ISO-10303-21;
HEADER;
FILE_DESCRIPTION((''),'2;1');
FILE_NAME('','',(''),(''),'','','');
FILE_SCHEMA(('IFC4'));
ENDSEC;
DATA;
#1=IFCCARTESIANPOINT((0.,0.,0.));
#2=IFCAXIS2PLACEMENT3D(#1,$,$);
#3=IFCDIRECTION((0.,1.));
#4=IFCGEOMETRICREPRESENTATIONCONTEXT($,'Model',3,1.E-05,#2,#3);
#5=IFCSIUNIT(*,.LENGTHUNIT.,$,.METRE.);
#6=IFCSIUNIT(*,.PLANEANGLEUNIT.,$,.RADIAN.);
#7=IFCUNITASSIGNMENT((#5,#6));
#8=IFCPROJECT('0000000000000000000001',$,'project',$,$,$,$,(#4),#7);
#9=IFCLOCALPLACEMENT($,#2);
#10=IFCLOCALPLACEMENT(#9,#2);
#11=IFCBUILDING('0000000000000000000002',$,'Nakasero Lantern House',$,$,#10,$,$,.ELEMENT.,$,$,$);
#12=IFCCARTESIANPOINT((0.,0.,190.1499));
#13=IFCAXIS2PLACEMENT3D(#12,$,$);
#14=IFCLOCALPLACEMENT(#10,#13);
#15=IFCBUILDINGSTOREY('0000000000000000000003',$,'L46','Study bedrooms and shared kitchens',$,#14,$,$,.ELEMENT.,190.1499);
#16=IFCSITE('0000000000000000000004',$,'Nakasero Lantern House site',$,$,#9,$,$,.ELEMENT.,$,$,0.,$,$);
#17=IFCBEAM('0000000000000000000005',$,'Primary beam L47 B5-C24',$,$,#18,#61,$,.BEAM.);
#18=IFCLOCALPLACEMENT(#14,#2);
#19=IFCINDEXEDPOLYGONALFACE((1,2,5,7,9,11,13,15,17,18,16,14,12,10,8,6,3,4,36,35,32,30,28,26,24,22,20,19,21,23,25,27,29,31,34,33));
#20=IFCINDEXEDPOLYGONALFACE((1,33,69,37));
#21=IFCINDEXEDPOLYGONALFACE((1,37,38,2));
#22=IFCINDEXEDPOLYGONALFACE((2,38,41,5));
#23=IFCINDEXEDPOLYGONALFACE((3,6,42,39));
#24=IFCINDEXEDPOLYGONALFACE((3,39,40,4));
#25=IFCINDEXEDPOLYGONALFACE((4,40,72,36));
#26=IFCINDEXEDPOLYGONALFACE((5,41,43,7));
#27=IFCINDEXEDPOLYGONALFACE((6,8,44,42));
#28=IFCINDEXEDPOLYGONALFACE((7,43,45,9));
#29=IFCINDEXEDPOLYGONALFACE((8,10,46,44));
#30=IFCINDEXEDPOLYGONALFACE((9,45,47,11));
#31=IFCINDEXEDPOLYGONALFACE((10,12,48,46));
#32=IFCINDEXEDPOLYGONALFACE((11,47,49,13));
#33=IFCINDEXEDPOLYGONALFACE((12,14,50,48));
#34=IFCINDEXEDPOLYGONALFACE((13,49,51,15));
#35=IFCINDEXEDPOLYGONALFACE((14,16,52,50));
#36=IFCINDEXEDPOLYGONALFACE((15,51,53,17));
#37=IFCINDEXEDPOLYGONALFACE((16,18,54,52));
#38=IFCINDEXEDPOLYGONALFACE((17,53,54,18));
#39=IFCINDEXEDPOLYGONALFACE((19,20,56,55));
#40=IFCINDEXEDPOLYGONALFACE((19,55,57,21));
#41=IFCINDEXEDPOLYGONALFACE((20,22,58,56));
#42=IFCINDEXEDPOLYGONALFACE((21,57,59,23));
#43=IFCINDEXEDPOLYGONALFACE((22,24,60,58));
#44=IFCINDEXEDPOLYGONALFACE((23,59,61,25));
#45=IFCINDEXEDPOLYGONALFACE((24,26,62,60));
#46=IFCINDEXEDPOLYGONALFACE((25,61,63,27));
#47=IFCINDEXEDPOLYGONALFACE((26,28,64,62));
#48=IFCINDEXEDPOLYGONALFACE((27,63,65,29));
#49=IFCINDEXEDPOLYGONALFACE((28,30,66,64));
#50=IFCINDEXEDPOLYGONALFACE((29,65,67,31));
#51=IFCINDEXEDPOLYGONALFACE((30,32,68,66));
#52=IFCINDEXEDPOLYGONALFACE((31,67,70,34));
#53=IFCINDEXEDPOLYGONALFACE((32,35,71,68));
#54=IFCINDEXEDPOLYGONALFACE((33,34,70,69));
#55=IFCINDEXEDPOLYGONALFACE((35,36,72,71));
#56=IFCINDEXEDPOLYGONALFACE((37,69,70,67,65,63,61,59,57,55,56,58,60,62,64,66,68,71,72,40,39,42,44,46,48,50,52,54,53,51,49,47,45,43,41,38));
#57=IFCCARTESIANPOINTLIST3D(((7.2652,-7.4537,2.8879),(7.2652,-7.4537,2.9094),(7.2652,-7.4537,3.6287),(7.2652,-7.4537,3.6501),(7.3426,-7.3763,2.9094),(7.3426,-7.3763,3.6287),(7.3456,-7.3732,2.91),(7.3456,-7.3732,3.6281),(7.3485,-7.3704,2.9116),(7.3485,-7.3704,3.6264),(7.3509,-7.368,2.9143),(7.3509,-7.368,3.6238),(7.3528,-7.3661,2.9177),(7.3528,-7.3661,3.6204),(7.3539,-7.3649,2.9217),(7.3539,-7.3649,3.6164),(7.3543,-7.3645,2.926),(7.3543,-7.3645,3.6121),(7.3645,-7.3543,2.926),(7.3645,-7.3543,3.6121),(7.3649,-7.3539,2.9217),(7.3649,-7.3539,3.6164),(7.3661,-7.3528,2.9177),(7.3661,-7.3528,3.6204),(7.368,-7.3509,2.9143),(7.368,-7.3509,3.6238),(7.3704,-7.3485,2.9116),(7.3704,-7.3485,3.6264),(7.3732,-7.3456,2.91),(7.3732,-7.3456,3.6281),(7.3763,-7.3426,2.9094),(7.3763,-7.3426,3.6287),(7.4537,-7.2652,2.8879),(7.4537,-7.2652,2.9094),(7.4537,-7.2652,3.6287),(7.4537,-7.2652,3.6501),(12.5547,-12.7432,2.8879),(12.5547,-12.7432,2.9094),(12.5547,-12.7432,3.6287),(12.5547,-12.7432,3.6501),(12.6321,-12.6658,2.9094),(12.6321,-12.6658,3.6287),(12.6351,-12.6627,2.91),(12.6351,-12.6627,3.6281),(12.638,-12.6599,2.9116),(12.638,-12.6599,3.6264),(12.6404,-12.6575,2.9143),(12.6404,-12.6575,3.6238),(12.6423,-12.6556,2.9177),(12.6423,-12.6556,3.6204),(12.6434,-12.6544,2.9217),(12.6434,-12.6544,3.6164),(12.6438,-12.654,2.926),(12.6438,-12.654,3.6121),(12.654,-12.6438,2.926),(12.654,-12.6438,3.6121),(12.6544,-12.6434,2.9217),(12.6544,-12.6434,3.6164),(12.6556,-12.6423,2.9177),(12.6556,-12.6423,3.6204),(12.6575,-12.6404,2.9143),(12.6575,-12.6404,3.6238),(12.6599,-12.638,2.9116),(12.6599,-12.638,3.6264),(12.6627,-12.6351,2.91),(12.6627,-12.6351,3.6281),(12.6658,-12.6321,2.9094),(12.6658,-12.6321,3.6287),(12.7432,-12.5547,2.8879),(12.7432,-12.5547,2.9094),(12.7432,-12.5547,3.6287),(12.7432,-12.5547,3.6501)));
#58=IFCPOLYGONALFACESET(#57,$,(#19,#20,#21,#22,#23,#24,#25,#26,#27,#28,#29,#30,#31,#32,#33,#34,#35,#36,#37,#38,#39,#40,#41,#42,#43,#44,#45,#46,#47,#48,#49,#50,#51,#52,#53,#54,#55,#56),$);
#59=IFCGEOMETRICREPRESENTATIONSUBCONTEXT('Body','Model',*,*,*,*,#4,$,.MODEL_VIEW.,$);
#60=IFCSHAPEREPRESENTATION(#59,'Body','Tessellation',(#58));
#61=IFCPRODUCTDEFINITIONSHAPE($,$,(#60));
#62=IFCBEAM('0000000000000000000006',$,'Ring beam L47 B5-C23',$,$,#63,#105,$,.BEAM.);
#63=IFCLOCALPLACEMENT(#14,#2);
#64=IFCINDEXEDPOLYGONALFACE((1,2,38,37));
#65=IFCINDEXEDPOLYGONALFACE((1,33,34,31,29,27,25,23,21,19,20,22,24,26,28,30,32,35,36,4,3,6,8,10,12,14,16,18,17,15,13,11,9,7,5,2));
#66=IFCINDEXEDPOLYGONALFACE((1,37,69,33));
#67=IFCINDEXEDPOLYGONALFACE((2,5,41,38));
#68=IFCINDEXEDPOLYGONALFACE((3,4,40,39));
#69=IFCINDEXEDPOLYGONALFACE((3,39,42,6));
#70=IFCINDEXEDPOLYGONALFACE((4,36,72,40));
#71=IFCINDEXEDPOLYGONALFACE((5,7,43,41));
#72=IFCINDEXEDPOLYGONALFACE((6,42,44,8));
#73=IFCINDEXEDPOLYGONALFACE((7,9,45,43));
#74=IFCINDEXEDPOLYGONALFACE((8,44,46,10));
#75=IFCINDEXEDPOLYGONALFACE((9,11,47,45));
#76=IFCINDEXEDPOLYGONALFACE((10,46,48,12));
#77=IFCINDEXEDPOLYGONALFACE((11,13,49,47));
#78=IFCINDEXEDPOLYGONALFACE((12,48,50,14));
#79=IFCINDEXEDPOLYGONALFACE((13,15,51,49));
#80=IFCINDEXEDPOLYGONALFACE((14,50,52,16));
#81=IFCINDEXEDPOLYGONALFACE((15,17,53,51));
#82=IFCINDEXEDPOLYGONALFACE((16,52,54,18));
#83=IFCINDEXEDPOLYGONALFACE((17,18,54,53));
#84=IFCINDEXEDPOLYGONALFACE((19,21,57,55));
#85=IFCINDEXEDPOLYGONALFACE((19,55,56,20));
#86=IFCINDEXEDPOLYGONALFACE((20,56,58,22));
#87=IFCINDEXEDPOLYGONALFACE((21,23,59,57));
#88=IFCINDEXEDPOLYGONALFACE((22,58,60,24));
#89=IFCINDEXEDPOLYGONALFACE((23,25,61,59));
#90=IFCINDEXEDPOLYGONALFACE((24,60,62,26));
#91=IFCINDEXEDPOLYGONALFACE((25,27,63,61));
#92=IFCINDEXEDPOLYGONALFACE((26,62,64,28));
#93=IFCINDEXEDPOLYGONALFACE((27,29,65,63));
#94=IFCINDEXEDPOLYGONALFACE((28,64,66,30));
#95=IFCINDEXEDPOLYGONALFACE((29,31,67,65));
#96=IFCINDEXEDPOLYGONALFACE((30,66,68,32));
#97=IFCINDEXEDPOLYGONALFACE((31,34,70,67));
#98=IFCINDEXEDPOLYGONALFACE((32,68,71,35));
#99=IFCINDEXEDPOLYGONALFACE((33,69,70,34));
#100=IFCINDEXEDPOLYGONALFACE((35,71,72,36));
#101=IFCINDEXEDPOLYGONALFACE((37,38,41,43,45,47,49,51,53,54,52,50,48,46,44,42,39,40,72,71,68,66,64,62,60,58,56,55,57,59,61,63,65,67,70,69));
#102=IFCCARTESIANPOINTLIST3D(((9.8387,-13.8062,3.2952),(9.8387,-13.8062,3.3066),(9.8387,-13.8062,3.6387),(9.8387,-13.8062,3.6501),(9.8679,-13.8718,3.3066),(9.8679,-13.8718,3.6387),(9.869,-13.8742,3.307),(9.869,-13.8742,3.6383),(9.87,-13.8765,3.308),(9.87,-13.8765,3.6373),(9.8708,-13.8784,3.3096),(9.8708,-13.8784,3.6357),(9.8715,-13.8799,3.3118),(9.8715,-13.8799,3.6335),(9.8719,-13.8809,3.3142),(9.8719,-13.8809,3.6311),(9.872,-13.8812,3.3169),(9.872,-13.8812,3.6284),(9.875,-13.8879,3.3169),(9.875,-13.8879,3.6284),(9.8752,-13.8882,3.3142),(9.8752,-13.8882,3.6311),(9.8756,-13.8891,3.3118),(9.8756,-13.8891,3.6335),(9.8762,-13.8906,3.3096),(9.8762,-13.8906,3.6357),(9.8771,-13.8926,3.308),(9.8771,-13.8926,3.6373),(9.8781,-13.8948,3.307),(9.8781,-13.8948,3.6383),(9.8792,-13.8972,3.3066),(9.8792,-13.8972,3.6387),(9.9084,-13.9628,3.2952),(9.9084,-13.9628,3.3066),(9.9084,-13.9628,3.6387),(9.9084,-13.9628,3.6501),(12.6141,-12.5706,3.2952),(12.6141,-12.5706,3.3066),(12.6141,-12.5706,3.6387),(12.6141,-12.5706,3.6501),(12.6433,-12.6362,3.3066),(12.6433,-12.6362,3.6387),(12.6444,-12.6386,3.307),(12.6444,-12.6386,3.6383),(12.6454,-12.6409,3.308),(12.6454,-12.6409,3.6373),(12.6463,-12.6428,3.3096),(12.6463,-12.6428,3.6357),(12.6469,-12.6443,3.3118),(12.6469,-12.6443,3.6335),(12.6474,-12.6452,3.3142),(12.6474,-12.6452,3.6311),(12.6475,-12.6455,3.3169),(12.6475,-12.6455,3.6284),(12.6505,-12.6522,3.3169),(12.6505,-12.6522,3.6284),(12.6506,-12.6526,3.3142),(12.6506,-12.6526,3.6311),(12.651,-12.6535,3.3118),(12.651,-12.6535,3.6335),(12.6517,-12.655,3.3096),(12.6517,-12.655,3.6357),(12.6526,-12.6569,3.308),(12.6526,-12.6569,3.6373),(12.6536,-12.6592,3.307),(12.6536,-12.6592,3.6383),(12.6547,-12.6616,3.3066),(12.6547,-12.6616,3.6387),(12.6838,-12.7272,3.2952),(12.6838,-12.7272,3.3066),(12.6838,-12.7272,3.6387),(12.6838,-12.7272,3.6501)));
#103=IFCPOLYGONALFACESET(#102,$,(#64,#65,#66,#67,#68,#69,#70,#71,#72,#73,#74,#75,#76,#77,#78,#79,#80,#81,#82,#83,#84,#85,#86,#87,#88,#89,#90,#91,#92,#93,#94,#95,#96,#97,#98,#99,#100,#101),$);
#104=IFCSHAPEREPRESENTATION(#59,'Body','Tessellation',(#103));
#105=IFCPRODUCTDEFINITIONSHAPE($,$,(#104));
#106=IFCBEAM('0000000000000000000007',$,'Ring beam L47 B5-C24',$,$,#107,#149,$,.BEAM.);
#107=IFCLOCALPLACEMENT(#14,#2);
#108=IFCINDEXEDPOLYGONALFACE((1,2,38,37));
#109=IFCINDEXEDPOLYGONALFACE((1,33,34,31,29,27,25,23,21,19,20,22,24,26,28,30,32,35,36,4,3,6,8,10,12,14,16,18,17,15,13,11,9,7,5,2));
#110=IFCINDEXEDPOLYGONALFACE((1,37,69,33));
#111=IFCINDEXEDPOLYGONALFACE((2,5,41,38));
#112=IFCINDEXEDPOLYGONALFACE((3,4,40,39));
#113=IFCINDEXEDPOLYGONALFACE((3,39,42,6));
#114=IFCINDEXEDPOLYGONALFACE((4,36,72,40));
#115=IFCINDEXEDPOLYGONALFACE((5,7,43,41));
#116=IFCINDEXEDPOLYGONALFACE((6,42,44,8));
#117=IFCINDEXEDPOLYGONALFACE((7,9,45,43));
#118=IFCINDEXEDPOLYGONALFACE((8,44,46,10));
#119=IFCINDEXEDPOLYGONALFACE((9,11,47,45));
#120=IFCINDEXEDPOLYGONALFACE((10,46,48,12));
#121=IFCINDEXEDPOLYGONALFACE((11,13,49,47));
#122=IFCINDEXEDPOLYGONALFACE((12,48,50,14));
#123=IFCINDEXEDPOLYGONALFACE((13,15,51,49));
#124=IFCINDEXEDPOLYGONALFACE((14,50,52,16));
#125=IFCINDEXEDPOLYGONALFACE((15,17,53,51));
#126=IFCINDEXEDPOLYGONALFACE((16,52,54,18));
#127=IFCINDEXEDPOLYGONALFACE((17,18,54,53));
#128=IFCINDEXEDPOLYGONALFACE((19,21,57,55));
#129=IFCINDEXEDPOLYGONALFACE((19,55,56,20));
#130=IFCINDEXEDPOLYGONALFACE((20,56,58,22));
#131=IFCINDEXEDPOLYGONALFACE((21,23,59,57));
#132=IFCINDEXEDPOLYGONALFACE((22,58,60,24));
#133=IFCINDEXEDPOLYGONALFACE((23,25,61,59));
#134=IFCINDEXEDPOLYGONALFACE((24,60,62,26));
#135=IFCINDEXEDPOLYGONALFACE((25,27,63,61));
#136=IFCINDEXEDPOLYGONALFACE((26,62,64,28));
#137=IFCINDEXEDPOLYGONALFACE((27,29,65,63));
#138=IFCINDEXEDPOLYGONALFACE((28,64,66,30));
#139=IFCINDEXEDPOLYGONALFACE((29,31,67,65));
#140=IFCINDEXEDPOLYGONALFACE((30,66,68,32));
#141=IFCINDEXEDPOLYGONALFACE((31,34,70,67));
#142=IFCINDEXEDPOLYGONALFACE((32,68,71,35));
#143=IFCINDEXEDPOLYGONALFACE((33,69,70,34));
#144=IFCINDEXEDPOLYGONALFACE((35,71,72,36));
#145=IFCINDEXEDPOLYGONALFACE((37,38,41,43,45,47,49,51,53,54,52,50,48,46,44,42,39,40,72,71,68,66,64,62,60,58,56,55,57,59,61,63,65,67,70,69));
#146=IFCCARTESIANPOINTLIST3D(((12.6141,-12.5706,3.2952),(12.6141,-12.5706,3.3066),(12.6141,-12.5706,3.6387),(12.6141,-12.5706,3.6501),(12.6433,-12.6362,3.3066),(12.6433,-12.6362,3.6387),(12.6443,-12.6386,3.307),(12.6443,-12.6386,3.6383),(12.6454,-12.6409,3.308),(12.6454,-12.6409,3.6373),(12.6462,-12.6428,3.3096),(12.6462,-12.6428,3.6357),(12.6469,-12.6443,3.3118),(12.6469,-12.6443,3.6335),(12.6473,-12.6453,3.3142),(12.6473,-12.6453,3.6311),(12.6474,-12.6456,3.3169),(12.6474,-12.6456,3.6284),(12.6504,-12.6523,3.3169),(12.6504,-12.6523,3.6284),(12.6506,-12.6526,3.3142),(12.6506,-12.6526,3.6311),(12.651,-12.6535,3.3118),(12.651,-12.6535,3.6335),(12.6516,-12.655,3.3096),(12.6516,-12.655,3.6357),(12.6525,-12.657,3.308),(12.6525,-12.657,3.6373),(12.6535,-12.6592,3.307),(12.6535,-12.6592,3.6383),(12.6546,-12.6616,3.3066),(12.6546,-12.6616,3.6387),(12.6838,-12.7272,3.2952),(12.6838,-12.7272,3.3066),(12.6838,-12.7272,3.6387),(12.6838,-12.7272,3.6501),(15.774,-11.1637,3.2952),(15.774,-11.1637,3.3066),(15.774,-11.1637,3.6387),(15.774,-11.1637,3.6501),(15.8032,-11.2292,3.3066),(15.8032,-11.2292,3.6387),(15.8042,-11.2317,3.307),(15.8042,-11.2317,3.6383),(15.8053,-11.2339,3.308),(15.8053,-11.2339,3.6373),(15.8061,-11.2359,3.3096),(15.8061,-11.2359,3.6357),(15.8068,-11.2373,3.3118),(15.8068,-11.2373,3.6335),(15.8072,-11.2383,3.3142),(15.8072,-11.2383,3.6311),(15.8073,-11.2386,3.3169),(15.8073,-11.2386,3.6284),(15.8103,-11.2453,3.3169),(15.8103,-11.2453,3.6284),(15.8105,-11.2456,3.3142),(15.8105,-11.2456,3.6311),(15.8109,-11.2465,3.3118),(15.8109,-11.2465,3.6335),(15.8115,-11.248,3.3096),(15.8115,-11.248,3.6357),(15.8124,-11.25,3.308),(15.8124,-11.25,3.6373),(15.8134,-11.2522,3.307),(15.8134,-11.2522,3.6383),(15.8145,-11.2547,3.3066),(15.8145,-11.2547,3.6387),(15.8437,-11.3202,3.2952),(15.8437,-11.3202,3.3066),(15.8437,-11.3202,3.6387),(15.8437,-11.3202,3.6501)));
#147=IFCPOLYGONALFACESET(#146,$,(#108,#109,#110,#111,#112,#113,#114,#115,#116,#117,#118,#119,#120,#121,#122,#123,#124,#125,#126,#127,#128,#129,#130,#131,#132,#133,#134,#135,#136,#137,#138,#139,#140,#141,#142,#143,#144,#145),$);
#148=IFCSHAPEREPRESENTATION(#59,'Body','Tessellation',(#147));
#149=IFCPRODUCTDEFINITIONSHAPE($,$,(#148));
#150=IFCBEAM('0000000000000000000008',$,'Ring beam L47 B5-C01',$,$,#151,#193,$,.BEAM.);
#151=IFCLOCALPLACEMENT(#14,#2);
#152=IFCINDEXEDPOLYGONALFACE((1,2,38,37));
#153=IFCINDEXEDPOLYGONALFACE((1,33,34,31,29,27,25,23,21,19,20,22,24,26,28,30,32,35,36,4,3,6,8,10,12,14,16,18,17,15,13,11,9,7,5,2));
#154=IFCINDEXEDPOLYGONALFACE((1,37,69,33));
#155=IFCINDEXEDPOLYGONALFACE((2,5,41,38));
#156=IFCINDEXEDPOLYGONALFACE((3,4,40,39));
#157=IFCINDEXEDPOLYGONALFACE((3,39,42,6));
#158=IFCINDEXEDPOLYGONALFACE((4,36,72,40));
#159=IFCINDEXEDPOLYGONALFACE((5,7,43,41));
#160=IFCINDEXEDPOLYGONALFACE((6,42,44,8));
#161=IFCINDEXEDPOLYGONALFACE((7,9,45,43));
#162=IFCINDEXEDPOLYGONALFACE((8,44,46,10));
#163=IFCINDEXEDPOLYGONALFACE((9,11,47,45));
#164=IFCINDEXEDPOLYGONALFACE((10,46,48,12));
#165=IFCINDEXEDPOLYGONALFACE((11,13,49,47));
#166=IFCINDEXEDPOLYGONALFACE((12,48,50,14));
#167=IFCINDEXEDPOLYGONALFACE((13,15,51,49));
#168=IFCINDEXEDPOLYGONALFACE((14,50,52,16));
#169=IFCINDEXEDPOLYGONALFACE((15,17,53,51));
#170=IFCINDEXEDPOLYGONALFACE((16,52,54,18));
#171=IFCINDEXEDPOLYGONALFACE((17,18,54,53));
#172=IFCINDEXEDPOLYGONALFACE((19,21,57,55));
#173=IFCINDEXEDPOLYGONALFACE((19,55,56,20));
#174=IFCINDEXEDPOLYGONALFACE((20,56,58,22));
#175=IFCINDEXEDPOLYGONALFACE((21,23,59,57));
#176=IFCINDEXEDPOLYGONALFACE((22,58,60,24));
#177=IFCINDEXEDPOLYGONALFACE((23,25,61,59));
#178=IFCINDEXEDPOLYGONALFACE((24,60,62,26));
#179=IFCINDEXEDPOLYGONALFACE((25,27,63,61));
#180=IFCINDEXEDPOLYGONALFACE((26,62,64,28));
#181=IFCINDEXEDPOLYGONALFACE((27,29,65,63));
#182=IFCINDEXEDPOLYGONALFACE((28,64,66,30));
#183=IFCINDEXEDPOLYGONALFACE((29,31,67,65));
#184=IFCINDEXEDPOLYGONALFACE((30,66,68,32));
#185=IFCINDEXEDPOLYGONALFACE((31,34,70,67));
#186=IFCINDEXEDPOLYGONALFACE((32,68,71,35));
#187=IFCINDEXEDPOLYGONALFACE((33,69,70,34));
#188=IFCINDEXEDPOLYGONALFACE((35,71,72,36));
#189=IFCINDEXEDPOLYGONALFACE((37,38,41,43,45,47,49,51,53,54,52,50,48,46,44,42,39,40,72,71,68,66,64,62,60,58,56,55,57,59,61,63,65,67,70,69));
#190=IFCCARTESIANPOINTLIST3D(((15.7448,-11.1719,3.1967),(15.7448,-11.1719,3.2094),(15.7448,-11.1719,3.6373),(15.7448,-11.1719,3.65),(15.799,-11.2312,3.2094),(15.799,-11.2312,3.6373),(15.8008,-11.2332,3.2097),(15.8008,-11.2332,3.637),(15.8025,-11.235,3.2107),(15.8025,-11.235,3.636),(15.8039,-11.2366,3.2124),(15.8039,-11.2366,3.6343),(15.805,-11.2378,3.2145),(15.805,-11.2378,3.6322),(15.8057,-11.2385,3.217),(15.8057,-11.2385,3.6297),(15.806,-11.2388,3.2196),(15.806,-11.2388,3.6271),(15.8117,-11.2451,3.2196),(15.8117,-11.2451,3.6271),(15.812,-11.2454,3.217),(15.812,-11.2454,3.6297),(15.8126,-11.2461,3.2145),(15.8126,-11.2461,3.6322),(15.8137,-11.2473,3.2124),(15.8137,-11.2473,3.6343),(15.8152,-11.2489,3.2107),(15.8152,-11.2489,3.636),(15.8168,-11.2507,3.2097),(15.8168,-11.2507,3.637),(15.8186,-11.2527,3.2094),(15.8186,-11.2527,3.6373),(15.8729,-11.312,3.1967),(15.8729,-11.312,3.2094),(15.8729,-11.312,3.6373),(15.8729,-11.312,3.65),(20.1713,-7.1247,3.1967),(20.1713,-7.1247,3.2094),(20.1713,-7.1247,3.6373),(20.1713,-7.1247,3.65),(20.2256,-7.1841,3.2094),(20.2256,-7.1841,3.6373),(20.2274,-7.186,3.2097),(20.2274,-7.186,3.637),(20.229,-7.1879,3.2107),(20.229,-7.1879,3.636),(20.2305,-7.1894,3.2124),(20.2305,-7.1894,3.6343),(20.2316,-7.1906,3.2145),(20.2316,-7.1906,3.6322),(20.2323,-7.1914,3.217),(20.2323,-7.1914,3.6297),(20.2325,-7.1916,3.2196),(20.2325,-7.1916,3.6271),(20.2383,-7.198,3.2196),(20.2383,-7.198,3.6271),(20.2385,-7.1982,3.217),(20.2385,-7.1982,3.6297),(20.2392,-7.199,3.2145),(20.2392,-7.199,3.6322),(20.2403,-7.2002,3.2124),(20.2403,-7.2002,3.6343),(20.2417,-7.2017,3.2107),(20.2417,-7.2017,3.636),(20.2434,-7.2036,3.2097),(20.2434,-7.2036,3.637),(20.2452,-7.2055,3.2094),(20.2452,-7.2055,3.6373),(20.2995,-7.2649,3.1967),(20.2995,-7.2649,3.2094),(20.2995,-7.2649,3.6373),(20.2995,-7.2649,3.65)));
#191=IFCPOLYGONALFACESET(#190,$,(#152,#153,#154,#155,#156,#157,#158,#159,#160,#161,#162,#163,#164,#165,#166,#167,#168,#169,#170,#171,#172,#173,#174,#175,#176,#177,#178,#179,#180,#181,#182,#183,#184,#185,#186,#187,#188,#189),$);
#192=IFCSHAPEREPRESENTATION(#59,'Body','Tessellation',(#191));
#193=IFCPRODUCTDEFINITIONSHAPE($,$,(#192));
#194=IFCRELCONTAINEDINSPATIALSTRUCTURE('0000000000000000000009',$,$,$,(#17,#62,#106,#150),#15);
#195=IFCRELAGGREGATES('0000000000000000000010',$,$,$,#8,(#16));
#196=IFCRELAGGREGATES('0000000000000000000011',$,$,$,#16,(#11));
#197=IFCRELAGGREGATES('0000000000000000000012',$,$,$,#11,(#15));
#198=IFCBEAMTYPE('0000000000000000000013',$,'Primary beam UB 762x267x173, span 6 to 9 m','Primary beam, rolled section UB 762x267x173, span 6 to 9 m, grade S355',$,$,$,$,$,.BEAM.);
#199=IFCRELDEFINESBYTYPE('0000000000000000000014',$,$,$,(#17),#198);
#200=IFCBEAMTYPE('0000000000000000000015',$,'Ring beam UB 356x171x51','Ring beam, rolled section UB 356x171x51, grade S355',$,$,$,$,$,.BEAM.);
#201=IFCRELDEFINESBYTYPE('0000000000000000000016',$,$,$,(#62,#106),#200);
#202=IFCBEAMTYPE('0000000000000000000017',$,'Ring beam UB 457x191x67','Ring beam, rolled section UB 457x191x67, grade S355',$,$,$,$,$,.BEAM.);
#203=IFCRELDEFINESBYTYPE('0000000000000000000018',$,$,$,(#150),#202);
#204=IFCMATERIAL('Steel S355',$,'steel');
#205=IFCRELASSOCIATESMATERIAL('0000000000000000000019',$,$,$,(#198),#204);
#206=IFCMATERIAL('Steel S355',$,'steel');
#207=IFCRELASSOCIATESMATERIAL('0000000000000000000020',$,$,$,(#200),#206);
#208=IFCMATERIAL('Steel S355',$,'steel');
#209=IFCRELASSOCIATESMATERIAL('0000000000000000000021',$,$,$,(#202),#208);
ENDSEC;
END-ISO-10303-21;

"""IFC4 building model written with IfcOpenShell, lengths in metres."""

from ifc_helpers import new_model, si_unit, direction, frame, origin, origin_2d, place, context, subcontext, project, spatial, i_section, extrude, material, material_profile, profile_set, type_object, element, save


model = new_model("IFC4")

# Units and contexts
model_context = context("Model", 3, precision=1e-05, world=origin(), true_north=direction((0.0, 1.0)))
body_context = subcontext(model_context, "Body", "Model", "MODEL_VIEW")
ifc_project = project(units=[si_unit("LENGTHUNIT", "METRE"), si_unit("PLANEANGLEUNIT", "RADIAN")], contexts=[model_context])

# Site, building, storey
site_placement = place(None, origin())
site = spatial("IfcSite", under=ifc_project, at=site_placement, Name="Nakasero Lantern House site", CompositionType="ELEMENT", RefElevation=0.0)
building_placement = place(site_placement, origin())
building = spatial("IfcBuilding", under=site, at=building_placement, Name="Nakasero Lantern House", CompositionType="ELEMENT")
storey_placement = place(building_placement, frame((0.0, 0.0, 190.1499)))
storey = spatial("IfcBuildingStorey", under=building, at=storey_placement, Name="L46", Description="Study bedrooms and shared kitchens", CompositionType="ELEMENT", Elevation=190.1499)

# Beams
ifc_material_1 = material(Name="Steel S355", Category="steel")
ifc_material_profile_1 = material_profile(ifc_material_1, i_section(OverallWidth=0.2666, OverallDepth=0.7622, WebThickness=0.0144, FlangeThickness=0.0215, FilletRadius=0.0166, at=origin_2d()), Name="UB 762x267x173")
ifc_profile_set_1 = profile_set([ifc_material_profile_1], Name="Steel S355")
beam_type_1 = type_object("IfcBeamType", Name="Primary beam UB 762x267x173, span 6 to 9 m", Description="Primary beam, rolled section UB 762x267x173, span 6 to 9 m, grade S355", PredefinedType="BEAM", material=ifc_profile_set_1)
beam_1_placement = place(storey_placement, frame((12.6489, -12.6489, 3.269), z_axis=(-0.707107, 0.707107, 0.0), x_axis=(-0.707107, -0.707107, 0.0)))
element("IfcBeam", 1, at=beam_1_placement, inside=storey, type_object=beam_type_1, Name="Primary beam L47 B5-C24", PredefinedType="BEAM", context=body_context, shape_type="SweptSolid", body=[
    extrude(i_section(OverallWidth=0.2666, OverallDepth=0.7622, WebThickness=0.0144, FlangeThickness=0.0215, FilletRadius=0.0166, at=origin_2d()), origin(), (0.0, 0.0, 1.0), 7.4805),
])
ifc_material_2 = material(Name="Steel S355", Category="steel")
ifc_material_profile_2 = material_profile(ifc_material_2, i_section(OverallWidth=0.1714, OverallDepth=0.355, WebThickness=0.0073, FlangeThickness=0.0115, FilletRadius=0.0103, at=origin_2d()), Name="UB 356x171x51")
ifc_profile_set_2 = profile_set([ifc_material_profile_2], Name="Steel S355")
beam_type_2 = type_object("IfcBeamType", Name="Ring beam UB 356x171x51", Description="Ring beam, rolled section UB 356x171x51, grade S355", PredefinedType="BEAM", material=ifc_profile_set_2)
beam_2_placement = place(storey_placement, frame((9.8735, -13.8845, 3.4727), z_axis=(0.913556, 0.406713, 0.0), x_axis=(-0.406713, 0.913556, 0.0)))
element("IfcBeam", 2, at=beam_2_placement, inside=storey, type_object=beam_type_2, Name="Ring beam L47 B5-C23", PredefinedType="BEAM", context=body_context, shape_type="SweptSolid", body=[
    extrude(i_section(OverallWidth=0.1714, OverallDepth=0.355, WebThickness=0.0073, FlangeThickness=0.0115, FilletRadius=0.0103, at=origin_2d()), origin(), (0.0, 0.0, 1.0), 3.0381),
])
beam_3_placement = place(storey_placement, frame((12.6489, -12.6489, 3.4727), z_axis=(0.913535, 0.406761, 0.0), x_axis=(-0.406761, 0.913535, 0.0)))
element("IfcBeam", 3, at=beam_3_placement, inside=storey, type_object=beam_type_2, Name="Ring beam L47 B5-C24", PredefinedType="BEAM", context=body_context, shape_type="SweptSolid", body=[
    extrude(i_section(OverallWidth=0.1714, OverallDepth=0.355, WebThickness=0.0073, FlangeThickness=0.0115, FilletRadius=0.0103, at=origin_2d()), origin(), (0.0, 0.0, 1.0), 3.459),
])
ifc_material_3 = material(Name="Steel S355", Category="steel")
ifc_material_profile_3 = material_profile(ifc_material_3, i_section(OverallWidth=0.1899, OverallDepth=0.4534, WebThickness=0.0085, FlangeThickness=0.0127, FilletRadius=0.0103, at=origin_2d()), Name="UB 457x191x67")
ifc_profile_set_3 = profile_set([ifc_material_profile_3], Name="Steel S355")
beam_type_3 = type_object("IfcBeamType", Name="Ring beam UB 457x191x67", Description="Ring beam, rolled section UB 457x191x67, grade S355", PredefinedType="BEAM", material=ifc_profile_set_3)
beam_4_placement = place(storey_placement, frame((15.8088, -11.2419, 3.4233), z_axis=(0.738027, 0.674771, 0.0), x_axis=(-0.674771, 0.738027, 0.0)))
element("IfcBeam", 4, at=beam_4_placement, inside=storey, type_object=beam_type_3, Name="Ring beam L47 B5-C01", PredefinedType="BEAM", context=body_context, shape_type="SweptSolid", body=[
    extrude(i_section(OverallWidth=0.1899, OverallDepth=0.4534, WebThickness=0.0085, FlangeThickness=0.0127, FilletRadius=0.0103, at=origin_2d()), origin(), (0.0, 0.0, 1.0), 5.9978),
])

save(model, "model.ifc")
